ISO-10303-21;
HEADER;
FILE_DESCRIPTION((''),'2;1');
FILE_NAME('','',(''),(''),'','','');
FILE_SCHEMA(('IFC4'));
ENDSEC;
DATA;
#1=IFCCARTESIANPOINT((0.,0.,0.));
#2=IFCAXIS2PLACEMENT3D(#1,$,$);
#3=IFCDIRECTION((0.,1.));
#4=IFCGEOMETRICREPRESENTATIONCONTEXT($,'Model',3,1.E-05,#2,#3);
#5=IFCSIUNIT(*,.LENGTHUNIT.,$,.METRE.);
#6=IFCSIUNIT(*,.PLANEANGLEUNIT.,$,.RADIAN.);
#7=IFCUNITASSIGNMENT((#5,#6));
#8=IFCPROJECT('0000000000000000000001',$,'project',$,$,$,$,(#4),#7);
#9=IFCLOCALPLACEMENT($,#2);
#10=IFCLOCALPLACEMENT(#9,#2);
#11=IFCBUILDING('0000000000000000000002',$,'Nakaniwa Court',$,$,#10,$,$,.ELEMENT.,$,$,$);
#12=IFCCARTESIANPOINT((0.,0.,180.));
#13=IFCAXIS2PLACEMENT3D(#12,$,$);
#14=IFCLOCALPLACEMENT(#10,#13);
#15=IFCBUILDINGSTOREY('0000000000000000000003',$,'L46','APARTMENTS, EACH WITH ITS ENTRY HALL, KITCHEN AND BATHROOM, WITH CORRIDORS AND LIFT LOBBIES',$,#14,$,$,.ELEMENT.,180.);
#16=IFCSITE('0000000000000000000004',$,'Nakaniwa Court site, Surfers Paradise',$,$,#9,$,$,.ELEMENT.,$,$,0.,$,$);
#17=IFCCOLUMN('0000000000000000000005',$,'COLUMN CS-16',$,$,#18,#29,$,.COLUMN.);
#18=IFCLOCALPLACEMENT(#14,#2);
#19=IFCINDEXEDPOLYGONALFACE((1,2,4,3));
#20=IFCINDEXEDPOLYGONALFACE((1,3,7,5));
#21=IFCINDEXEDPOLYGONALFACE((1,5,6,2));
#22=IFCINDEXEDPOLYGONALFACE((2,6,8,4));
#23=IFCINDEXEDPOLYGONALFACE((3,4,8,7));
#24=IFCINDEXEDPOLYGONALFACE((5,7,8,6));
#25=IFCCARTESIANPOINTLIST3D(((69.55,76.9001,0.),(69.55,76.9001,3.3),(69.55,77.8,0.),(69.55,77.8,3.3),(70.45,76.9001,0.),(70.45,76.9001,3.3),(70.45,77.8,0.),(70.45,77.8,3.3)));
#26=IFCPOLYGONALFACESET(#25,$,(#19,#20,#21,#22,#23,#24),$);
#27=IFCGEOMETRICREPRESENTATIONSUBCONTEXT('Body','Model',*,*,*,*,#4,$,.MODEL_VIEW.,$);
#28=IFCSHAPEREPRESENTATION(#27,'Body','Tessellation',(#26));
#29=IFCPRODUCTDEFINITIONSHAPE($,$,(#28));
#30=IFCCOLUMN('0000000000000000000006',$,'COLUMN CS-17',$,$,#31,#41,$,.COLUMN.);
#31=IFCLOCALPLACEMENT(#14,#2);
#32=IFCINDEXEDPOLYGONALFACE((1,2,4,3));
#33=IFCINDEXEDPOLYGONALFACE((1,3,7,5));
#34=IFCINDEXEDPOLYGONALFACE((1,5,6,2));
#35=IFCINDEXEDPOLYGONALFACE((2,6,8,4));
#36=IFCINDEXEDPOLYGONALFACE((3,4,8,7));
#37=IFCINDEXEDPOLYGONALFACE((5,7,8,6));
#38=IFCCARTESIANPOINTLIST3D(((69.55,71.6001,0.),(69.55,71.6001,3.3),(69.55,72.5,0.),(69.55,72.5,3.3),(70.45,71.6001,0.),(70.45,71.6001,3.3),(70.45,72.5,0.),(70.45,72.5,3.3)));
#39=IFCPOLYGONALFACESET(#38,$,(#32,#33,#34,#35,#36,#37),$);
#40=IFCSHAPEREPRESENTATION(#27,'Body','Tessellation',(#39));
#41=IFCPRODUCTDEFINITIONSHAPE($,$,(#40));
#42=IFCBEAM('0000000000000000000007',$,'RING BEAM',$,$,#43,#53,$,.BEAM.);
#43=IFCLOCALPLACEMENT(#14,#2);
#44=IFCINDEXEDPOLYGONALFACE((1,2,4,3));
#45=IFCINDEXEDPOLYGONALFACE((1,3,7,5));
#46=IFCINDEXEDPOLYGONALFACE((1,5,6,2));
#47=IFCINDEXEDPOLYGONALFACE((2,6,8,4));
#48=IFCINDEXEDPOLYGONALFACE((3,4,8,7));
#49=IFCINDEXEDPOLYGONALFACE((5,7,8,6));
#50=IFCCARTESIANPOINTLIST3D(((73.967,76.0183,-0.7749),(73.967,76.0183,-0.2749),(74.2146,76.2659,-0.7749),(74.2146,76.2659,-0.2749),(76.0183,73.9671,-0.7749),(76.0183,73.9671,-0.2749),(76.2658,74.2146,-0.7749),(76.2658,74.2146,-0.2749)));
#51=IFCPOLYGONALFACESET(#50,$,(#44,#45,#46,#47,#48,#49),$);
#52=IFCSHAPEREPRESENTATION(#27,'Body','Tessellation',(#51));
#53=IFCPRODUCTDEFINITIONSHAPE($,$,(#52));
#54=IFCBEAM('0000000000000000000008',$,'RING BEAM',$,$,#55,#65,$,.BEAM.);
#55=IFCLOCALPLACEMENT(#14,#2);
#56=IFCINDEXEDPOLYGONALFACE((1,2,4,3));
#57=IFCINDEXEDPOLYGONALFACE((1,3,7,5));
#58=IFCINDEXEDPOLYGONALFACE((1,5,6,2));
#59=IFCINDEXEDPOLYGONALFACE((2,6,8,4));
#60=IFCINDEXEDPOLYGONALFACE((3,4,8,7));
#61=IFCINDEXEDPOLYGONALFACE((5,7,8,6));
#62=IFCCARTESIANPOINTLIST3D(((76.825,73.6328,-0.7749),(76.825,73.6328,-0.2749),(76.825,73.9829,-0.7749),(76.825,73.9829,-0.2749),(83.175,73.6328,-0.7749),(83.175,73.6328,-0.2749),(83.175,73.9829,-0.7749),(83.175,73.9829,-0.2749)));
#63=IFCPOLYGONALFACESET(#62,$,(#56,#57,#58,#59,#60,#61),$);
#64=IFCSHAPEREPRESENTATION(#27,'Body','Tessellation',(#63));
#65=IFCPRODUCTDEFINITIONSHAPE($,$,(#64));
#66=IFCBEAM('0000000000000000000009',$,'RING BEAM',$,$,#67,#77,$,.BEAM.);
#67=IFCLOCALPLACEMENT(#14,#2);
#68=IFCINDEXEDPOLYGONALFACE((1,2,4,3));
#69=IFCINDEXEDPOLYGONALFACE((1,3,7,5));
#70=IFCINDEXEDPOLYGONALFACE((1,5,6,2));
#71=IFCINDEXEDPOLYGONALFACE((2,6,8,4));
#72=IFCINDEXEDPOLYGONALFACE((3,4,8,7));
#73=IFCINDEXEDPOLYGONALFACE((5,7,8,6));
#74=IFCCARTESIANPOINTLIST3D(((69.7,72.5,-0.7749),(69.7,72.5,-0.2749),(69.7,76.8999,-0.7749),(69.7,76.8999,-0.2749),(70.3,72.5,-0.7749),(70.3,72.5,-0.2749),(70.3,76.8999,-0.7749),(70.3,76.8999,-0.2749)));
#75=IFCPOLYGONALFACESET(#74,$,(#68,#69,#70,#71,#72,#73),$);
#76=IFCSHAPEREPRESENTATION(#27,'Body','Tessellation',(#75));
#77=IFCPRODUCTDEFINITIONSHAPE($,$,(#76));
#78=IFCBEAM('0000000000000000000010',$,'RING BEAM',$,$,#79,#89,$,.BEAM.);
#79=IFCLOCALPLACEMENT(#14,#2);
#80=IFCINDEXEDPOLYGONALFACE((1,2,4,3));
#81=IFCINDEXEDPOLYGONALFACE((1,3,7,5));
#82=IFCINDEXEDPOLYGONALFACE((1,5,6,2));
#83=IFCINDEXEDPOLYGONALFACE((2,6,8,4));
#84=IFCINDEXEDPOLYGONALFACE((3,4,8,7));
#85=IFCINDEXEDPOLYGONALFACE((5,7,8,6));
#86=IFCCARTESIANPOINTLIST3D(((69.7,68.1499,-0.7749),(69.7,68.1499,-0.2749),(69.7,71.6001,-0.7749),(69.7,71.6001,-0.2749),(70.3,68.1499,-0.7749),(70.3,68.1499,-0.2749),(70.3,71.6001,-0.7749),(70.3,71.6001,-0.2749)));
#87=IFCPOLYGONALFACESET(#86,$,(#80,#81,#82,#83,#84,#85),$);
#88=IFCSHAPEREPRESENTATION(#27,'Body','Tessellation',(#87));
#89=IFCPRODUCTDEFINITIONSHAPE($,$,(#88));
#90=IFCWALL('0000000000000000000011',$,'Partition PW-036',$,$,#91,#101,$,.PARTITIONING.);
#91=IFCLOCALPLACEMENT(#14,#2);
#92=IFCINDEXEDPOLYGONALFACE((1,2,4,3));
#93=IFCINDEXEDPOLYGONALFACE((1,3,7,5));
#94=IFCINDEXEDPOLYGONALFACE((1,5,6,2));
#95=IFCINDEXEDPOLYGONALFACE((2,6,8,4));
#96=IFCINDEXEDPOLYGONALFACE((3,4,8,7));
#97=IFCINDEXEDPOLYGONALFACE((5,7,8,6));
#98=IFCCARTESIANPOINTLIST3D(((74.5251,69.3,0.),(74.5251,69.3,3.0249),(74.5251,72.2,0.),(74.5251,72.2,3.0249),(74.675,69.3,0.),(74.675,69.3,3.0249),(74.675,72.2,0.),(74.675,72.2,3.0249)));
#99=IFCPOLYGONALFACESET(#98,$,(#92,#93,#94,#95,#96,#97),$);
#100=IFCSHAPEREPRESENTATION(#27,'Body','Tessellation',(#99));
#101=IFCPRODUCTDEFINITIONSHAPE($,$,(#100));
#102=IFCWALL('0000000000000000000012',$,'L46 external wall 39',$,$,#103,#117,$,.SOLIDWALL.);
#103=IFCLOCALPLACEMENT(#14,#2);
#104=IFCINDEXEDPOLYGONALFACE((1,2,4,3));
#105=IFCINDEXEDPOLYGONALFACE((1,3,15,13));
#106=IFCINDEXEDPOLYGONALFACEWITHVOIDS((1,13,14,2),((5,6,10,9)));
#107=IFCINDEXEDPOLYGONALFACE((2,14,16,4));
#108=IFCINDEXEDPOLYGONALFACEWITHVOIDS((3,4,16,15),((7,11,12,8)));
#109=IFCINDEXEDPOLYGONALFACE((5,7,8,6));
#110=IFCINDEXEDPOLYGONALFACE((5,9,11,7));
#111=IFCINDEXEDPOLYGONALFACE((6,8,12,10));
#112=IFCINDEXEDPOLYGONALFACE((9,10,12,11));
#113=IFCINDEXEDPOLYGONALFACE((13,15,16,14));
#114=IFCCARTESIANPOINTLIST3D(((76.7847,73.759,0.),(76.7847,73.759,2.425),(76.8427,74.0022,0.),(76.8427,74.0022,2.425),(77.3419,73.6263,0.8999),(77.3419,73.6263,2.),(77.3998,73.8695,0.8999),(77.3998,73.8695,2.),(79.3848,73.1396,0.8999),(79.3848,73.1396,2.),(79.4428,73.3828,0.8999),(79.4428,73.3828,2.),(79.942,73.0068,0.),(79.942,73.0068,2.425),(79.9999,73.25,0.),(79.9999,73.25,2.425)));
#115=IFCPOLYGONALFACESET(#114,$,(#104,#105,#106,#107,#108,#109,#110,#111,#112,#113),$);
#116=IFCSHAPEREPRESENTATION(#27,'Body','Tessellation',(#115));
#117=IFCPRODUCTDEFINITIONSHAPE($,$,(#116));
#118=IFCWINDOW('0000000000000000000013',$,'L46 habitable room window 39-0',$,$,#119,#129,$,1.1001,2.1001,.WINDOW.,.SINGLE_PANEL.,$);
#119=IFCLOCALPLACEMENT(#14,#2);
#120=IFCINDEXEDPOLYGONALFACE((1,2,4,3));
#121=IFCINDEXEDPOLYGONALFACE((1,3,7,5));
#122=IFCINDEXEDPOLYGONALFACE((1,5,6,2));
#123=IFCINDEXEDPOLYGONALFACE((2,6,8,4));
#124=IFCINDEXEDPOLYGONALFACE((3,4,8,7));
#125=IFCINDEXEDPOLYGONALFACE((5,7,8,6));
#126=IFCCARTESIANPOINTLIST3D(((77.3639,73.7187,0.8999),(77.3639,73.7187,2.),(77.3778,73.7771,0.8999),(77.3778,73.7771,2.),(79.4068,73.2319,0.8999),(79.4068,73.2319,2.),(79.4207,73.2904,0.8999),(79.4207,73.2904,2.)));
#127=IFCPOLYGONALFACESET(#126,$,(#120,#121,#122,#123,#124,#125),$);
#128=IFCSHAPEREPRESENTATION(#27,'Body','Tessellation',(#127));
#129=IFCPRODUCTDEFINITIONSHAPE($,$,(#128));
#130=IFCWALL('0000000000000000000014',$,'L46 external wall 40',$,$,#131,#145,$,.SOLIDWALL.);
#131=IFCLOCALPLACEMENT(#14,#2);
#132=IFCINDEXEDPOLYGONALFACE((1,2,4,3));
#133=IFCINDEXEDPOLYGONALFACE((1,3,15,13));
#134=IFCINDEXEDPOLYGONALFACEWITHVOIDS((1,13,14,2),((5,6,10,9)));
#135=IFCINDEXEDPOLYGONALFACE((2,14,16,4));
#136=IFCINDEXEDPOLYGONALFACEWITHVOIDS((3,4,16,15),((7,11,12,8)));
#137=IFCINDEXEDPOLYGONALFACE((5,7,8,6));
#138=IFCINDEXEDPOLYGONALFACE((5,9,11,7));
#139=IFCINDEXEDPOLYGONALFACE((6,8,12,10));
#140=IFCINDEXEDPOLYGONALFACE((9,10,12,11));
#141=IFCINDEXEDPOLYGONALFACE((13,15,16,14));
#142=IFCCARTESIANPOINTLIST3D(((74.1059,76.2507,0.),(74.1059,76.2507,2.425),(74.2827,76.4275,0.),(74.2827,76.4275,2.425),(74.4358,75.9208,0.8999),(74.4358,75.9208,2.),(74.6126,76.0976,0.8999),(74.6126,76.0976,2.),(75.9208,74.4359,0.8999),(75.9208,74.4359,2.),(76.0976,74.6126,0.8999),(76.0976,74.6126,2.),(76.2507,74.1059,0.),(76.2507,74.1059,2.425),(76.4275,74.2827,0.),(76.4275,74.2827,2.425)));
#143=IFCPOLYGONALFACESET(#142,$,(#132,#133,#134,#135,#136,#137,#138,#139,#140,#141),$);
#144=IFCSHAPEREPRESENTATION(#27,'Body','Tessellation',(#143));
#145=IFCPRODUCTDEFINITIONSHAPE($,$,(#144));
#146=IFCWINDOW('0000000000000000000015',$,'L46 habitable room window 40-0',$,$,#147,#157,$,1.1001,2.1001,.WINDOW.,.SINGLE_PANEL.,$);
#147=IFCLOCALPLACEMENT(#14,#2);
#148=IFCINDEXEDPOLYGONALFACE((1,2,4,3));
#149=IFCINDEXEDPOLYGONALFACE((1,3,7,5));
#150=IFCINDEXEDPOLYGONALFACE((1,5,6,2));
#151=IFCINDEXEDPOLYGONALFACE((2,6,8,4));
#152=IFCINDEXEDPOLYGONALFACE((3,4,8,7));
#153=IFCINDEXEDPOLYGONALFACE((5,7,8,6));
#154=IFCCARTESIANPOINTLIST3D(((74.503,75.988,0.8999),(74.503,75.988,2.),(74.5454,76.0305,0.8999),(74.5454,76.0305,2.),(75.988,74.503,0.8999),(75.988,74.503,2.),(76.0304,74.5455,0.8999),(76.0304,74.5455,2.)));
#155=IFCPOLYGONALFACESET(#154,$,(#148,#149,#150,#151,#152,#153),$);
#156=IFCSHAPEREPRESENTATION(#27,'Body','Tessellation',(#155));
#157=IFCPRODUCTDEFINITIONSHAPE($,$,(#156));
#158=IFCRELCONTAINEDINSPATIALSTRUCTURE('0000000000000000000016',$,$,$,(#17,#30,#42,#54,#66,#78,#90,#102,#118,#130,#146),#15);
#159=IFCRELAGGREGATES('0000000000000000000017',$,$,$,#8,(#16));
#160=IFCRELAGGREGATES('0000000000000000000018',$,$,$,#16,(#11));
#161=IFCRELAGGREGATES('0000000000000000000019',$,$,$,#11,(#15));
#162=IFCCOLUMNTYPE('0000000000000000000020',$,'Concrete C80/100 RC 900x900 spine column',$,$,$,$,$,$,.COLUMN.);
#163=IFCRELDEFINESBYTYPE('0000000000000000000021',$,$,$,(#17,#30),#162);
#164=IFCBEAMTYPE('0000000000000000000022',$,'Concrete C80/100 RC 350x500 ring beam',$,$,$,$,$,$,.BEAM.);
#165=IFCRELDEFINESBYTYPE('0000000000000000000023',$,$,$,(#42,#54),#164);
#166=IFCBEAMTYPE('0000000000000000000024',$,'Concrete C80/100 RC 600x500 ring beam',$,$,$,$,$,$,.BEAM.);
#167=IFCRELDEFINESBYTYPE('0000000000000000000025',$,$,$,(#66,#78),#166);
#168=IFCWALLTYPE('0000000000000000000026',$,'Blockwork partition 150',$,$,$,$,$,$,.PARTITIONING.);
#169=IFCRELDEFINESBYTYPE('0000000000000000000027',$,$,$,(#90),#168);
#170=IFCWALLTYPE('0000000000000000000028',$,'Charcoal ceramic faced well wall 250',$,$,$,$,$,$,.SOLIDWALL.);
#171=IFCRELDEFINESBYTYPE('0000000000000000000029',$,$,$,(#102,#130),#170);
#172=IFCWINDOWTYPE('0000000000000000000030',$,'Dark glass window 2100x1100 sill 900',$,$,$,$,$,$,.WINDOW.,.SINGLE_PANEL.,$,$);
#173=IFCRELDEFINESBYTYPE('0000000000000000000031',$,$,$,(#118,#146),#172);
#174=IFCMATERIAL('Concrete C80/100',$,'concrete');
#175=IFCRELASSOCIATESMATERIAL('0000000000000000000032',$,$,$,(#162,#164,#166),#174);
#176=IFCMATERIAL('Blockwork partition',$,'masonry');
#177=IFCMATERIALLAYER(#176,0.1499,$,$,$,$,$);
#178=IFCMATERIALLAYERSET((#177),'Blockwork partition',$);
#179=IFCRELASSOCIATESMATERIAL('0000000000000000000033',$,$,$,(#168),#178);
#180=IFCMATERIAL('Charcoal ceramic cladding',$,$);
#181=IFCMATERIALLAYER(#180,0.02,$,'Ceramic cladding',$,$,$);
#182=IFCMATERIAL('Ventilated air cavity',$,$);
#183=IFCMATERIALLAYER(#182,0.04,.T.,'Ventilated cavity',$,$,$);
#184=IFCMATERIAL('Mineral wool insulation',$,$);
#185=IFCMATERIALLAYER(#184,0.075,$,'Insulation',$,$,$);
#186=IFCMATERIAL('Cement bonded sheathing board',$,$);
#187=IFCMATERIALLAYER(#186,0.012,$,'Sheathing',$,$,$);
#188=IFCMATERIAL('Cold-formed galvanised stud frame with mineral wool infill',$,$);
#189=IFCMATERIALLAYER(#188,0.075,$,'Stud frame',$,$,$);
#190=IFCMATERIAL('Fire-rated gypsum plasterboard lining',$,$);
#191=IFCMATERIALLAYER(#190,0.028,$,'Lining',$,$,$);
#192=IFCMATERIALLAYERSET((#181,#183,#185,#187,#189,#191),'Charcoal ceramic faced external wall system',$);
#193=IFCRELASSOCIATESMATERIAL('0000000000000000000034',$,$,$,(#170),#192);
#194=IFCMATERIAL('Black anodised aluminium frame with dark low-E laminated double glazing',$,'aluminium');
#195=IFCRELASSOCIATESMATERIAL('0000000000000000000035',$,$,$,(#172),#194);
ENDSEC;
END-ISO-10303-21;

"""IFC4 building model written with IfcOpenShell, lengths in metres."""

from ifc_helpers import new_model, si_unit, direction, frame, frame_2d, origin, origin_2d, place, context, subcontext, project, spatial, rectangle, extrude, material, layer, layer_set, material_profile, profile_set, type_object, element, fill, save


model = new_model("IFC4")

# Units and contexts
model_context = context("Model", 3, precision=1e-05, world=origin(), true_north=direction((0.0, 1.0)))
body_context = subcontext(model_context, "Body", "Model", "MODEL_VIEW")
ifc_project = project(units=[si_unit("LENGTHUNIT", "METRE"), si_unit("PLANEANGLEUNIT", "RADIAN")], contexts=[model_context])

# Site, building, storey
site_placement = place(None, origin())
site = spatial("IfcSite", under=ifc_project, at=site_placement, Name="Nakaniwa Court site, Surfers Paradise", CompositionType="ELEMENT", RefElevation=0.0)
building_placement = place(site_placement, origin())
building = spatial("IfcBuilding", under=site, at=building_placement, Name="Nakaniwa Court", CompositionType="ELEMENT")
storey_placement = place(building_placement, frame((0.0, 0.0, 180.0)))
storey = spatial("IfcBuildingStorey", under=building, at=storey_placement, Name="L46", Description="APARTMENTS, EACH WITH ITS ENTRY HALL, KITCHEN AND BATHROOM, WITH CORRIDORS AND LIFT LOBBIES", CompositionType="ELEMENT", Elevation=180.0)

# Columns
ifc_material_1 = material(Name="Concrete C80/100", Category="concrete")
ifc_material_profile_1 = material_profile(ifc_material_1, rectangle(XDim=0.8999, YDim=0.8999, at=origin_2d()), Name="Concrete C80/100 RC 900x900 spine column")
ifc_profile_set_1 = profile_set([ifc_material_profile_1], Name="Concrete C80/100")
column_type_1 = type_object("IfcColumnType", Name="Concrete C80/100 RC 900x900 spine column", PredefinedType="COLUMN", material=ifc_profile_set_1)
for number, where, z_axis, x_axis, name in (
    (1, (70.0, 77.3501, 0.0), (0.0, 0.0, 1.0), (0.0, -1.0, 0.0), "COLUMN CS-16"),
    (2, (70.0, 72.05, 0.0), (0.0, 0.0, 1.0), (0.0, -1.0, 0.0), "COLUMN CS-17"),
):
    element("IfcColumn", number, at=place(storey_placement, frame(where, z_axis=z_axis, x_axis=x_axis)), inside=storey, type_object=column_type_1, Name=name, PredefinedType="COLUMN", context=body_context, shape_type="SweptSolid", body=[
        extrude(rectangle(XDim=0.8999, YDim=0.8999, at=origin_2d()), origin(), (0.0, 0.0, 1.0), 3.3),
    ])

# Beams
ifc_material_profile_2 = material_profile(ifc_material_1, rectangle(XDim=0.3501, YDim=0.5, at=origin_2d()), Name="Concrete C80/100 RC 350x500 ring beam")
ifc_profile_set_2 = profile_set([ifc_material_profile_2], Name="Concrete C80/100")
beam_type_1 = type_object("IfcBeamType", Name="Concrete C80/100 RC 350x500 ring beam", PredefinedType="BEAM", material=ifc_profile_set_2)
beam_1_placement = place(storey_placement, frame((74.0908, 76.1421, -0.5249), z_axis=(0.707107, -0.707107, 0.0), x_axis=(0.707107, 0.707107, 0.0)))
element("IfcBeam", 3, at=beam_1_placement, inside=storey, type_object=beam_type_1, Name="RING BEAM", PredefinedType="BEAM", context=body_context, shape_type="SweptSolid", body=[
    extrude(rectangle(XDim=0.3501, YDim=0.5, at=origin_2d()), origin(), (0.0, 0.0, 1.0), 2.9009),
])
beam_2_placement = place(storey_placement, frame((76.825, 73.8079, -0.5249), z_axis=(1.0, 0.0, 0.0), x_axis=(0.0, 1.0, 0.0)))
element("IfcBeam", 4, at=beam_2_placement, inside=storey, type_object=beam_type_1, Name="RING BEAM", PredefinedType="BEAM", context=body_context, shape_type="SweptSolid", body=[
    extrude(rectangle(XDim=0.3501, YDim=0.5, at=origin_2d()), origin(), (0.0, 0.0, 1.0), 6.3501),
])
ifc_material_profile_3 = material_profile(ifc_material_1, rectangle(XDim=0.6001, YDim=0.5, at=origin_2d()), Name="Concrete C80/100 RC 600x500 ring beam")
ifc_profile_set_3 = profile_set([ifc_material_profile_3], Name="Concrete C80/100")
beam_type_2 = type_object("IfcBeamType", Name="Concrete C80/100 RC 600x500 ring beam", PredefinedType="BEAM", material=ifc_profile_set_3)
beam_3_placement = place(storey_placement, frame((70.0, 76.8999, -0.5249), z_axis=(0.0, -1.0, 0.0), x_axis=(1.0, 0.0, 0.0)))
element("IfcBeam", 5, at=beam_3_placement, inside=storey, type_object=beam_type_2, Name="RING BEAM", PredefinedType="BEAM", context=body_context, shape_type="SweptSolid", body=[
    extrude(rectangle(XDim=0.6001, YDim=0.5, at=origin_2d()), origin(), (0.0, 0.0, 1.0), 4.3999),
])
beam_4_placement = place(storey_placement, frame((70.0, 71.6001, -0.5249), z_axis=(0.0, -1.0, 0.0), x_axis=(1.0, 0.0, 0.0)))
element("IfcBeam", 6, at=beam_4_placement, inside=storey, type_object=beam_type_2, Name="RING BEAM", PredefinedType="BEAM", context=body_context, shape_type="SweptSolid", body=[
    extrude(rectangle(XDim=0.6001, YDim=0.5, at=origin_2d()), origin(), (0.0, 0.0, 1.0), 3.4502),
])

# Wall
ifc_material_2 = material(Name="Blockwork partition", Category="masonry")
ifc_layer_1 = layer(ifc_material_2, 0.1499)
ifc_layer_set_1 = layer_set([ifc_layer_1], Name="Blockwork partition")
wall_type_1 = type_object("IfcWallType", Name="Blockwork partition 150", PredefinedType="PARTITIONING", material=ifc_layer_set_1)
wall_1_placement = place(storey_placement, frame((74.6001, 69.3, 0.0), z_axis=(0.0, 0.0, 1.0), x_axis=(0.0, 1.0, 0.0)))
element("IfcWall", 7, at=wall_1_placement, inside=storey, type_object=wall_type_1, Name="Partition PW-036", PredefinedType="PARTITIONING", context=body_context, shape_type="SweptSolid", body=[
    extrude(rectangle(XDim=2.8999, YDim=0.1499, at=frame_2d((1.45, 0.0))), origin(), (0.0, 0.0, 1.0), 3.0249),
])

# Walls, openings, windows
ifc_material_3 = material(Name="Charcoal ceramic cladding")
ifc_layer_2 = layer(ifc_material_3, 0.02, Name="Ceramic cladding")
ifc_material_4 = material(Name="Ventilated air cavity")
ifc_layer_3 = layer(ifc_material_4, 0.04, ventilated=True, Name="Ventilated cavity")
ifc_material_5 = material(Name="Mineral wool insulation")
ifc_layer_4 = layer(ifc_material_5, 0.075, Name="Insulation")
ifc_material_6 = material(Name="Cement bonded sheathing board")
ifc_layer_5 = layer(ifc_material_6, 0.012, Name="Sheathing")
ifc_material_7 = material(Name="Cold-formed galvanised stud frame with mineral wool infill")
ifc_layer_6 = layer(ifc_material_7, 0.075, Name="Stud frame")
ifc_material_8 = material(Name="Fire-rated gypsum plasterboard lining")
ifc_layer_7 = layer(ifc_material_8, 0.028, Name="Lining")
ifc_layer_set_2 = layer_set([ifc_layer_2, ifc_layer_3, ifc_layer_4, ifc_layer_5, ifc_layer_6, ifc_layer_7], Name="Charcoal ceramic faced external wall system")
wall_type_2 = type_object("IfcWallType", Name="Charcoal ceramic faced well wall 250", PredefinedType="SOLIDWALL", material=ifc_layer_set_2)
wall_2_placement = place(storey_placement, frame((79.9709, 73.1284, 0.0), z_axis=(0.0, 0.0, 1.0), x_axis=(-0.972773, 0.23176, 0.0)))
wall_2 = element("IfcWall", 8, at=wall_2_placement, inside=storey, type_object=wall_type_2, Name="L46 external wall 39", PredefinedType="SOLIDWALL", context=body_context, shape_type="SweptSolid", body=[
    extrude(rectangle(XDim=3.2456, YDim=0.25, at=frame_2d((1.6228, 0.0))), origin(), (0.0, 0.0, 1.0), 2.425),
])
opening_1_placement = place(wall_2_placement, frame((0.5728, 0.0, 0.8999)))
opening_1 = element("IfcOpeningElement", 9, at=opening_1_placement, cuts=wall_2, PredefinedType="OPENING", context=body_context, shape_type="SweptSolid", body=[
    extrude(rectangle(XDim=2.1001, YDim=1.1001, at=frame_2d((1.05, 0.55))), frame((0.0, 0.135, 0.0), z_axis=(0.0, -1.0, 0.0), x_axis=(1.0, 0.0, 0.0)), (0.0, 0.0, 1.0), 0.27),
])
ifc_material_9 = material(Name="Black anodised aluminium frame with dark low-E laminated double glazing", Category="aluminium")
window_type = type_object("IfcWindowType", Name="Dark glass window 2100x1100 sill 900", PartitioningType="SINGLE_PANEL", PredefinedType="WINDOW", material=ifc_material_9)
window_1_placement = place(opening_1_placement, origin())
window_1 = element("IfcWindow", 10, at=window_1_placement, inside=storey, type_object=window_type, Name="L46 habitable room window 39-0", OverallHeight=1.1001, OverallWidth=2.1001, PartitioningType="SINGLE_PANEL", PredefinedType="WINDOW", context=body_context, shape_type="SweptSolid", body=[
    extrude(rectangle(XDim=2.1001, YDim=1.1001, at=frame_2d((1.05, 0.55))), frame((0.0, 0.03, 0.0), z_axis=(0.0, -1.0, 0.0), x_axis=(1.0, 0.0, 0.0)), (0.0, 0.0, 1.0), 0.0601),
])
fill(opening_1, window_1)
wall_3_placement = place(storey_placement, frame((76.3391, 74.1943, 0.0), z_axis=(0.0, 0.0, 1.0), x_axis=(-0.707107, 0.707107, 0.0)))
wall_3 = element("IfcWall", 11, at=wall_3_placement, inside=storey, type_object=wall_type_2, Name="L46 external wall 40", PredefinedType="SOLIDWALL", context=body_context, shape_type="SweptSolid", body=[
    extrude(rectangle(XDim=3.0332, YDim=0.25, at=frame_2d((1.5166, 0.0))), origin(), (0.0, 0.0, 1.0), 2.425),
])
opening_2_placement = place(wall_3_placement, frame((0.4666, 0.0, 0.8999)))
opening_2 = element("IfcOpeningElement", 12, at=opening_2_placement, cuts=wall_3, PredefinedType="OPENING", context=body_context, shape_type="SweptSolid", body=[
    extrude(rectangle(XDim=2.1001, YDim=1.1001, at=frame_2d((1.05, 0.55))), frame((0.0, 0.135, 0.0), z_axis=(0.0, -1.0, 0.0), x_axis=(1.0, 0.0, 0.0)), (0.0, 0.0, 1.0), 0.27),
])
window_2_placement = place(opening_2_placement, origin())
window_2 = element("IfcWindow", 13, at=window_2_placement, inside=storey, type_object=window_type, Name="L46 habitable room window 40-0", OverallHeight=1.1001, OverallWidth=2.1001, PartitioningType="SINGLE_PANEL", PredefinedType="WINDOW", context=body_context, shape_type="SweptSolid", body=[
    extrude(rectangle(XDim=2.1001, YDim=1.1001, at=frame_2d((1.05, 0.55))), frame((0.0, 0.03, 0.0), z_axis=(0.0, -1.0, 0.0), x_axis=(1.0, 0.0, 0.0)), (0.0, 0.0, 1.0), 0.0601),
])
fill(opening_2, window_2)

save(model, "model.ifc")
